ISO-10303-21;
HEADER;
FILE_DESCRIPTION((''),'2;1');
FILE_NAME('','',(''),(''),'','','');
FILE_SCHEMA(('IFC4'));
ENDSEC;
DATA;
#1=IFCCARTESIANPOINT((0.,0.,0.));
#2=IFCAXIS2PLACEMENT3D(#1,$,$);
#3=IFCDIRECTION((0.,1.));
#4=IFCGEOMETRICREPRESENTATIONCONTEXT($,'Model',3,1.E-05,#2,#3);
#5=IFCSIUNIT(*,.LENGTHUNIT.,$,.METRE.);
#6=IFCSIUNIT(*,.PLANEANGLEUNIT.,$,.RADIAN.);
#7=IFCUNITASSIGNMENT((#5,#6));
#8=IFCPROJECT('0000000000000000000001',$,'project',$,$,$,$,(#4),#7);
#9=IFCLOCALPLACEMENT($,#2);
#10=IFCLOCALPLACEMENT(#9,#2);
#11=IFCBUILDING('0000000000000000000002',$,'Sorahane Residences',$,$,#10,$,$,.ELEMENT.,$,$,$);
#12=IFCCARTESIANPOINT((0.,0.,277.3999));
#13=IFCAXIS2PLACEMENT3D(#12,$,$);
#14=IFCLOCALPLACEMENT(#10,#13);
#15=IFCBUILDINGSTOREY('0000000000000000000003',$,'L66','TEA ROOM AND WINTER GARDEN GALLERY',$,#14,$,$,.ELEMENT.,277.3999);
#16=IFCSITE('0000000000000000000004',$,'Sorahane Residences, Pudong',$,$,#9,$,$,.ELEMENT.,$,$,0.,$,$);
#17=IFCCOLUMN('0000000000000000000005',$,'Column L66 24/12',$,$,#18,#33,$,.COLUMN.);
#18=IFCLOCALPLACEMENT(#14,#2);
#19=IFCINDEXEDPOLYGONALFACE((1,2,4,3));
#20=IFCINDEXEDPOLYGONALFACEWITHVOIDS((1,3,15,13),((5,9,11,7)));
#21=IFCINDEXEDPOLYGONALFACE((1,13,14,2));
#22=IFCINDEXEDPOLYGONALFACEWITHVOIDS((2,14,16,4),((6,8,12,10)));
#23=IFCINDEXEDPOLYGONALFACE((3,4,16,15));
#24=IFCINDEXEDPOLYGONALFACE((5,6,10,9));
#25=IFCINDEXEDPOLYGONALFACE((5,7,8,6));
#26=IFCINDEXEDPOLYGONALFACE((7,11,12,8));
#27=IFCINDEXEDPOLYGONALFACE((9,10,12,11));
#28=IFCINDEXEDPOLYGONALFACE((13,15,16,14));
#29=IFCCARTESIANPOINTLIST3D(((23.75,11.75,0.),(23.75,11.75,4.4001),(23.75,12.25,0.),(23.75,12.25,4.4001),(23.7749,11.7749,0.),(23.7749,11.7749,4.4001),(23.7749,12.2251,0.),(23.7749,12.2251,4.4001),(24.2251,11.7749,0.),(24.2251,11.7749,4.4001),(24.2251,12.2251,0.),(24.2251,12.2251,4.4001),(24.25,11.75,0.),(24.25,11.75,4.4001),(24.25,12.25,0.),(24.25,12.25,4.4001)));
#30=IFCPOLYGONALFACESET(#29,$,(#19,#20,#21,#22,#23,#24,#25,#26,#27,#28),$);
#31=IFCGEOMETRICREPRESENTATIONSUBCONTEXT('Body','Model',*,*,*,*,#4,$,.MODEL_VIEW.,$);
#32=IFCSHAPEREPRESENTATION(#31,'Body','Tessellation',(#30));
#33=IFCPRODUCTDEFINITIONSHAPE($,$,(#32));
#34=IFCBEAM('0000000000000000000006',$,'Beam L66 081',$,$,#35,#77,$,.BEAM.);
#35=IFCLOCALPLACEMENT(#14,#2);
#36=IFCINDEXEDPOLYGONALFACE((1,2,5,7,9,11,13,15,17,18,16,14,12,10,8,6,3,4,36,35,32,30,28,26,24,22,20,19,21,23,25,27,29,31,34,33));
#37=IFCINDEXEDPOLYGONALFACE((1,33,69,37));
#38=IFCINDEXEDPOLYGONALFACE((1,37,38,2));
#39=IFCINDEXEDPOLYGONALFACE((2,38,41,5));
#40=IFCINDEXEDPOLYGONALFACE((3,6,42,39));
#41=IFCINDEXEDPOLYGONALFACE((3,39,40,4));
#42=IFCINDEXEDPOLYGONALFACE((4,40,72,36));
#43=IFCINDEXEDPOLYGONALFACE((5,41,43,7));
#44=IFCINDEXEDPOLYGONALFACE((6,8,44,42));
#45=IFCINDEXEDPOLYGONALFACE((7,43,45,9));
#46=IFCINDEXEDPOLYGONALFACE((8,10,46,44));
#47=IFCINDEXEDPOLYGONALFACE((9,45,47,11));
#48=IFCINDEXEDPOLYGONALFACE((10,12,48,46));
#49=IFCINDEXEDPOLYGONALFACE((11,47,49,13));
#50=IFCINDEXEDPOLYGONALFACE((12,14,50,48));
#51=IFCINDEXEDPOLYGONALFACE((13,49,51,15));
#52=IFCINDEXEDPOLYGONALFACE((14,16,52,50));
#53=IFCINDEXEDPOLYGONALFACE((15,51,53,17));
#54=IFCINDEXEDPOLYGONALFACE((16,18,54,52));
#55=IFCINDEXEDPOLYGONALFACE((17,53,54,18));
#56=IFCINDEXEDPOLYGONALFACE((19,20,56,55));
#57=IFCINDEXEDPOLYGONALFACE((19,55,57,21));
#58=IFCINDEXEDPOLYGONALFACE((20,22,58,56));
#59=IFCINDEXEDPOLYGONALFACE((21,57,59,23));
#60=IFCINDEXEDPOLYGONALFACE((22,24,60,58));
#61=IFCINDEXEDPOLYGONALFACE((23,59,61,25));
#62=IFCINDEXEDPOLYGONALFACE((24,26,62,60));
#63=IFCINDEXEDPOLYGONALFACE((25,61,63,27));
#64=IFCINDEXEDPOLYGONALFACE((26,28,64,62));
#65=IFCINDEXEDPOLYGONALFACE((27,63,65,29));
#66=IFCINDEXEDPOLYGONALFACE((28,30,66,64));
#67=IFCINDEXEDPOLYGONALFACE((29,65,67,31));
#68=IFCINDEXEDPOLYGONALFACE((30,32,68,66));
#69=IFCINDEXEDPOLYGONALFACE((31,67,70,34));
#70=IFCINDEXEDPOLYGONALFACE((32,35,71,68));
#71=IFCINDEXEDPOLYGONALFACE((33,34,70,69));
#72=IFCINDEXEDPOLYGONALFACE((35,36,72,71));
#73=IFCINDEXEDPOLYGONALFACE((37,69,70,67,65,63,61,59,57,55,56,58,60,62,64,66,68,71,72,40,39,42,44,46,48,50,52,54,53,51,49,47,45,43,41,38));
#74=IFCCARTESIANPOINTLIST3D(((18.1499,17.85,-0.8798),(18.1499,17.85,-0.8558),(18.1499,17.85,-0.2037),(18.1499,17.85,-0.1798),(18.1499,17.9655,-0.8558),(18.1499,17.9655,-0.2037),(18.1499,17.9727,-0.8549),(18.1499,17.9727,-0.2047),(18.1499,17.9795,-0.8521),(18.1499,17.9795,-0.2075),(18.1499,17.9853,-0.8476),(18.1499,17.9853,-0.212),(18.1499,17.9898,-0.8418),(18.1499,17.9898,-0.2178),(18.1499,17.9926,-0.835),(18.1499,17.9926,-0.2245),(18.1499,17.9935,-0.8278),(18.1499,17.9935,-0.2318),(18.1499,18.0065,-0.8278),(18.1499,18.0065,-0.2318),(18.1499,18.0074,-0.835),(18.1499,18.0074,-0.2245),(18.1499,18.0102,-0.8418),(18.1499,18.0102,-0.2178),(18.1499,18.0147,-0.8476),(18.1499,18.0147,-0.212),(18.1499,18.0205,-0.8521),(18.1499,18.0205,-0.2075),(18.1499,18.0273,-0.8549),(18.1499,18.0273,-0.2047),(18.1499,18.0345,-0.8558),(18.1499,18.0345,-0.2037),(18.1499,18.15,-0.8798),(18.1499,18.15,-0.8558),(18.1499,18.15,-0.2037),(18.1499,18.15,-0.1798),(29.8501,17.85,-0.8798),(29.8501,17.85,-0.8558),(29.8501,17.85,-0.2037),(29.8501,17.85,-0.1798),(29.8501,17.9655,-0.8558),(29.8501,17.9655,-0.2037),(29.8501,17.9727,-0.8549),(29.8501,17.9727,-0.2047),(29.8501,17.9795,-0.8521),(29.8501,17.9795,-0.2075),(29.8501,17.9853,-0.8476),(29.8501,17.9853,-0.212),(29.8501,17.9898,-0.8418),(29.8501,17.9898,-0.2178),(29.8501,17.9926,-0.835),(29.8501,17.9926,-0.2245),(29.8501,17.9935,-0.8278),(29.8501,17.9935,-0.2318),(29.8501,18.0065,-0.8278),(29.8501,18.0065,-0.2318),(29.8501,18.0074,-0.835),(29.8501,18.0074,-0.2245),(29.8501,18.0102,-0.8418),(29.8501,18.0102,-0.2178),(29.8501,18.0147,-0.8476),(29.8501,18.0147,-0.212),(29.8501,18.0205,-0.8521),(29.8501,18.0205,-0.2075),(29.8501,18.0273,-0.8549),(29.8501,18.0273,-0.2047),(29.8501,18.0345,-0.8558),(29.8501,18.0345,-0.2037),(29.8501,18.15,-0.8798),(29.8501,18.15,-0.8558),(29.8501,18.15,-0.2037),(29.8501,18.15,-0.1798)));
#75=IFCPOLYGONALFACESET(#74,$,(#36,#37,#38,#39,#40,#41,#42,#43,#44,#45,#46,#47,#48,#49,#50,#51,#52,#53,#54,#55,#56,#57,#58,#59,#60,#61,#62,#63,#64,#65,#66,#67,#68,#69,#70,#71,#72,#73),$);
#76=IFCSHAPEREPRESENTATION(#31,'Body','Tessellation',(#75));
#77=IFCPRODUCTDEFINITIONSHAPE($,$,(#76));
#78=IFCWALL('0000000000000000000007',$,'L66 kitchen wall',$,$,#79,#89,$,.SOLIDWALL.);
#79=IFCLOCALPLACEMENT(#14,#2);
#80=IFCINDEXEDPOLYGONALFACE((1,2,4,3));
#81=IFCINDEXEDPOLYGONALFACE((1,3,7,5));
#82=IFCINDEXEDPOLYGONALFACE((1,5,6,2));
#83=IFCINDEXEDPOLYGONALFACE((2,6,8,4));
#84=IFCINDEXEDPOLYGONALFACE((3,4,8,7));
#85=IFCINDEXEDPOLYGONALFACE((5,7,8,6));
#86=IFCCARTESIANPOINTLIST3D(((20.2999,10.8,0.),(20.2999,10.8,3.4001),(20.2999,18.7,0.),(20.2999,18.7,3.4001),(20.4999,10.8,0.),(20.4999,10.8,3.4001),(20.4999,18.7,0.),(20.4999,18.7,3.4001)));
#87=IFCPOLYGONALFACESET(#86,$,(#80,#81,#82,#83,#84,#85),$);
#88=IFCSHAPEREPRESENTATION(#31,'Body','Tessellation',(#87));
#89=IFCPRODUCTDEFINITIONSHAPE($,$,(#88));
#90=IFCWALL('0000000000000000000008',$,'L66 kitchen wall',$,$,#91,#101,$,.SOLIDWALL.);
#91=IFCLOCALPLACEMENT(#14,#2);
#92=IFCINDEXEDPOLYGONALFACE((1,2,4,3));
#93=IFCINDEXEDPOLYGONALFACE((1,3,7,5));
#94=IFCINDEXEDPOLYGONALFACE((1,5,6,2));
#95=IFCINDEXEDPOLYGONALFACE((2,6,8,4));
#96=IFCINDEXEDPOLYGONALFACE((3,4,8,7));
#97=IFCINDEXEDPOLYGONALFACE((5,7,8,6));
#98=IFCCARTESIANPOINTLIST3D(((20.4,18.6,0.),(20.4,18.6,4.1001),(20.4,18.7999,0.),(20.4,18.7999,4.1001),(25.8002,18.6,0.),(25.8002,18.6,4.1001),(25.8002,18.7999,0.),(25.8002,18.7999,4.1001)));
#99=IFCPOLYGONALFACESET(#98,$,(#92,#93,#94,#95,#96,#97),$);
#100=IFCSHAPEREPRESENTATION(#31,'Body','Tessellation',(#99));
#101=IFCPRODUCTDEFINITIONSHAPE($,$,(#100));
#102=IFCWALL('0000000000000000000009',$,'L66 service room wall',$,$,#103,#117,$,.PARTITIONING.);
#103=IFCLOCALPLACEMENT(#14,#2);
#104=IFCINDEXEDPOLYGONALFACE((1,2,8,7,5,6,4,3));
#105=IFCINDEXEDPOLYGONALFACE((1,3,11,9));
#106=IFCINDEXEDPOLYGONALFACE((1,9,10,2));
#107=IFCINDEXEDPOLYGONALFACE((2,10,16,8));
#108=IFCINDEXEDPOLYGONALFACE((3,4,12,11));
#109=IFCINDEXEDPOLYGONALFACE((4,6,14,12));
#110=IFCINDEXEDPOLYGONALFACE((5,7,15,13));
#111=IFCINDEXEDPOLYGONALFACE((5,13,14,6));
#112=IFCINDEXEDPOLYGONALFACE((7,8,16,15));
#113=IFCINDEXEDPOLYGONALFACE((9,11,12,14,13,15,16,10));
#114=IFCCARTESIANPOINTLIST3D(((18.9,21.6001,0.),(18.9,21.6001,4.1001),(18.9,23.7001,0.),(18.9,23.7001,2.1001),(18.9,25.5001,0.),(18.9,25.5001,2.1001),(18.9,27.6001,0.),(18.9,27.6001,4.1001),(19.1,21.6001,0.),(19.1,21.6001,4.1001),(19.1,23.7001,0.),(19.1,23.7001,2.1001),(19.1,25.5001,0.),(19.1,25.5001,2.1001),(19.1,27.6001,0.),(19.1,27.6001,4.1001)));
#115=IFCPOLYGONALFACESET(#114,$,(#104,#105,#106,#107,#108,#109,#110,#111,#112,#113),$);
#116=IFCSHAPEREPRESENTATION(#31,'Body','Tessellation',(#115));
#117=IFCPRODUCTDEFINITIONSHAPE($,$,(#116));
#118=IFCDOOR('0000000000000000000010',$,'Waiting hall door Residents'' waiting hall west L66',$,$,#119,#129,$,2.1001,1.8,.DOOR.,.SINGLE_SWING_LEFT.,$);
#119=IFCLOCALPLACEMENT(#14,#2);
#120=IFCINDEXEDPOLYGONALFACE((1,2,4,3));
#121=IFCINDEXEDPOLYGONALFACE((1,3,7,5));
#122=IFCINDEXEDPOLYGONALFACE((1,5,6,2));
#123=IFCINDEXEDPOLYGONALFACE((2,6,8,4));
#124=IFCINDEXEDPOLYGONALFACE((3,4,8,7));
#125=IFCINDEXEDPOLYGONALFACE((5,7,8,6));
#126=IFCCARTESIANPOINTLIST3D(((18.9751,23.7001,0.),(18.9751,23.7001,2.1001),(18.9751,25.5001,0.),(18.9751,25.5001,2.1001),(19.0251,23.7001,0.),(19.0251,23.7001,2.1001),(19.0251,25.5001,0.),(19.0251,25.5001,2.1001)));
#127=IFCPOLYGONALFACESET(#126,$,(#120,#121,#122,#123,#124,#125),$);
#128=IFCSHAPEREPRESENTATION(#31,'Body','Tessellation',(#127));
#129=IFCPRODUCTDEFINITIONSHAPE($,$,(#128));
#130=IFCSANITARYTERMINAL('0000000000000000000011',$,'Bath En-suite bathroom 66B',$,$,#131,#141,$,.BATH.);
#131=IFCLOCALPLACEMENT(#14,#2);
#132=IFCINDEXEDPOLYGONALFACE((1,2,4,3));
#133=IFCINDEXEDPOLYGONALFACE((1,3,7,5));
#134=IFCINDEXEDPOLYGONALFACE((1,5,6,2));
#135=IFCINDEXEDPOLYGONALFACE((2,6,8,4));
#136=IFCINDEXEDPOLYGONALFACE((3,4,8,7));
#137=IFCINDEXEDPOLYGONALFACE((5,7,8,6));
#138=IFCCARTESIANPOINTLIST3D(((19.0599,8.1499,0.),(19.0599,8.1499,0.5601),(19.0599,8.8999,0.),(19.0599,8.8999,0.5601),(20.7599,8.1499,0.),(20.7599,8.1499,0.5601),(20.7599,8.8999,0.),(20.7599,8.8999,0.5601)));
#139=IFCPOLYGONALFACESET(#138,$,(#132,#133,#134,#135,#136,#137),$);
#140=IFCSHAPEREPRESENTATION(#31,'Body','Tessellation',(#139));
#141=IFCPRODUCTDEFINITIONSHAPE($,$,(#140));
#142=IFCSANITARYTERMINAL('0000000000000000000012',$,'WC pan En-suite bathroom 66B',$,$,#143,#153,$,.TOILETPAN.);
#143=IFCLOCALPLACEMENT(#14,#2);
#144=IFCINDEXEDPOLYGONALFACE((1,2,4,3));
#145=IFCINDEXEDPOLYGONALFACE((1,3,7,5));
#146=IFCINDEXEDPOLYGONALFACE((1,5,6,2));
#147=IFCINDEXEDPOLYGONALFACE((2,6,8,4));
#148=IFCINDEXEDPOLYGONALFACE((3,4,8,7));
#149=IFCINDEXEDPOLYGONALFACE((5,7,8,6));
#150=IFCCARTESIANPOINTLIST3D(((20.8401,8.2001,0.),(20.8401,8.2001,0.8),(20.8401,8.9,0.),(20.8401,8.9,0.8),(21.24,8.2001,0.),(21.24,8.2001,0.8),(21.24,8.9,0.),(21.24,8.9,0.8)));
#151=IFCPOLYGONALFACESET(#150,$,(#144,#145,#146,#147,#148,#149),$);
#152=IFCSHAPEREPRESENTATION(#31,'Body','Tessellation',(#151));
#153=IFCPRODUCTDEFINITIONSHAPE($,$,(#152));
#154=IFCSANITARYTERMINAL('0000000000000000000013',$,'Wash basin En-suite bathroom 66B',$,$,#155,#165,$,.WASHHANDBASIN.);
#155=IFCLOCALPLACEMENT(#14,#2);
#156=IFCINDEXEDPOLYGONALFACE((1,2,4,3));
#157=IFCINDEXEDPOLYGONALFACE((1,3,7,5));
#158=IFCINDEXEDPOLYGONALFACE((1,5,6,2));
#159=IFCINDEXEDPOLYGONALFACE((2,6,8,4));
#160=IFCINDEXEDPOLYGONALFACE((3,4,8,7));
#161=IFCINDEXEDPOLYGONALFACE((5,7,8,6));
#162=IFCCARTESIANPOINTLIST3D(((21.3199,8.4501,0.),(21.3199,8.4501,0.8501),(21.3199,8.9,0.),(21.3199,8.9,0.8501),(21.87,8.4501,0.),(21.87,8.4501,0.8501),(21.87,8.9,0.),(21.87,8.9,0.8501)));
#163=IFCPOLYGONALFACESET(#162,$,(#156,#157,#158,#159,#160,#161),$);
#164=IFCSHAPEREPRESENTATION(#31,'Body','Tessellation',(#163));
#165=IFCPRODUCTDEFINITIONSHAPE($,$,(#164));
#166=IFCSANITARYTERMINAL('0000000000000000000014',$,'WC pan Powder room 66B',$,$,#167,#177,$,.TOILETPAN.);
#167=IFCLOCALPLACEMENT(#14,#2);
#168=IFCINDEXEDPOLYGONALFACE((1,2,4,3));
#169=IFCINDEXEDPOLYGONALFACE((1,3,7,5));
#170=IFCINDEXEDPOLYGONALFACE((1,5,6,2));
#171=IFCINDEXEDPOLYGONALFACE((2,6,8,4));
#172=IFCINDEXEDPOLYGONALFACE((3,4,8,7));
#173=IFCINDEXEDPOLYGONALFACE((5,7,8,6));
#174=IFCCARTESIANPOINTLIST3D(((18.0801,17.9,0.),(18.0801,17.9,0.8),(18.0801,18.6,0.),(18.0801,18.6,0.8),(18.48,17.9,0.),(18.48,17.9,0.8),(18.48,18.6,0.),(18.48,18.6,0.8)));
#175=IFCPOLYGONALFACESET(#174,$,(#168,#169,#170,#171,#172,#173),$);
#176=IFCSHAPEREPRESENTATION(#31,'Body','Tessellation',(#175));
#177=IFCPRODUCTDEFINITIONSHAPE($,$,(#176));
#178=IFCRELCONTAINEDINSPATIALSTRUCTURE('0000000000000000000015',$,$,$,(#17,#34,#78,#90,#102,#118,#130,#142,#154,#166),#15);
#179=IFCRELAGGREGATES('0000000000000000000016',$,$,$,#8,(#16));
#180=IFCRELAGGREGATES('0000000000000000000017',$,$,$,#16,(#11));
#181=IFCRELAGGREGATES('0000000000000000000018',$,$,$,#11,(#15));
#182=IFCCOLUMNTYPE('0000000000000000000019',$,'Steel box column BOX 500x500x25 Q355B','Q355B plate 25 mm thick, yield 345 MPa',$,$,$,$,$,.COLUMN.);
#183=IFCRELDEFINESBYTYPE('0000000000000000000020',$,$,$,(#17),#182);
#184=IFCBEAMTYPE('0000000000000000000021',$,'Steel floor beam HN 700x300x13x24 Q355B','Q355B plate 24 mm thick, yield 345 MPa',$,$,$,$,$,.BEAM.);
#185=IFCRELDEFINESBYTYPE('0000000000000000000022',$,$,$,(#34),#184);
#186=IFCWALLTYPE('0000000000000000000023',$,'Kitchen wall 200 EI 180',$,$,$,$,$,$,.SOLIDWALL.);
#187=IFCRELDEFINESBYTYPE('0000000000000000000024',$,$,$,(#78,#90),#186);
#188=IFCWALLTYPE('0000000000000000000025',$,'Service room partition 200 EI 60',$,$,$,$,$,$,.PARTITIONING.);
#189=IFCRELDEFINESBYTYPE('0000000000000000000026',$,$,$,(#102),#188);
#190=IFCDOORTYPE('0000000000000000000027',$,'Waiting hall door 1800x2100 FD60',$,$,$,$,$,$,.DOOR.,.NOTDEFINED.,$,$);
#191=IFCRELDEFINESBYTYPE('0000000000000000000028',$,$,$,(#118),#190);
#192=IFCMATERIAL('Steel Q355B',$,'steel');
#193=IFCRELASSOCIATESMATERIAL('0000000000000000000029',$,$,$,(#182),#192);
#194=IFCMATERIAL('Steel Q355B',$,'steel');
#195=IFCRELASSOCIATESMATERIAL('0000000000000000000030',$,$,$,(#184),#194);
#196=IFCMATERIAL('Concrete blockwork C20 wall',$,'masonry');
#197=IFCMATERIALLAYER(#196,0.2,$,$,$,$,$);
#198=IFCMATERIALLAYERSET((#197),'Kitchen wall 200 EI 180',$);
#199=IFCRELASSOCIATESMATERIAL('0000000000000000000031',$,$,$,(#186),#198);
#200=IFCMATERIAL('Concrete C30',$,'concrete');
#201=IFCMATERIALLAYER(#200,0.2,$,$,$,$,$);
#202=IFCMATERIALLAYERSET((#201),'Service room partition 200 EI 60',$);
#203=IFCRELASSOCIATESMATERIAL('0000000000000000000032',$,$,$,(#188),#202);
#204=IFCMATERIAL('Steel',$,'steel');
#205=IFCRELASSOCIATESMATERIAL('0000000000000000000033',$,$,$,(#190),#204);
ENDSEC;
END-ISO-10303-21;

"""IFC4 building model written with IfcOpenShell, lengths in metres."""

from ifc_helpers import new_model, si_unit, direction, frame, frame_2d, origin, origin_2d, place, context, subcontext, project, spatial, rectangle, hollow_rectangle, i_section, extrude, material, layer, layer_set, material_profile, profile_set, type_object, element, fill, save


model = new_model("IFC4")

# Units and contexts
model_context = context("Model", 3, precision=1e-05, world=origin(), true_north=direction((0.0, 1.0)))
body_context = subcontext(model_context, "Body", "Model", "MODEL_VIEW")
ifc_project = project(units=[si_unit("LENGTHUNIT", "METRE"), si_unit("PLANEANGLEUNIT", "RADIAN")], contexts=[model_context])

# Site, building, storey
site_placement = place(None, origin())
site = spatial("IfcSite", under=ifc_project, at=site_placement, Name="Sorahane Residences, Pudong", CompositionType="ELEMENT", RefElevation=0.0)
building_placement = place(site_placement, origin())
building = spatial("IfcBuilding", under=site, at=building_placement, Name="Sorahane Residences", CompositionType="ELEMENT")
storey_placement = place(building_placement, frame((0.0, 0.0, 277.3999)))
storey = spatial("IfcBuildingStorey", under=building, at=storey_placement, Name="L66", Description="TEA ROOM AND WINTER GARDEN GALLERY", CompositionType="ELEMENT", Elevation=277.3999)

# Column
ifc_material_1 = material(Name="Steel Q355B", Category="steel")
ifc_material_profile_1 = material_profile(ifc_material_1, hollow_rectangle(XDim=0.5, YDim=0.5, WallThickness=0.0249, at=origin_2d()), Name="BOX 500x500x25")
ifc_profile_set_1 = profile_set([ifc_material_profile_1], Name="Steel Q355B")
column_type = type_object("IfcColumnType", Name="Steel box column BOX 500x500x25 Q355B", Description="Q355B plate 25 mm thick, yield 345 MPa", PredefinedType="COLUMN", material=ifc_profile_set_1)
column_placement = place(storey_placement, frame((24.0, 12.0, 0.0), z_axis=(0.0, 0.0, 1.0), x_axis=(1.0, 0.0, 0.0)))
element("IfcColumn", 1, at=column_placement, inside=storey, type_object=column_type, Name="Column L66 24/12", PredefinedType="COLUMN", context=body_context, shape_type="SweptSolid", body=[
    extrude(hollow_rectangle(XDim=0.5, YDim=0.5, WallThickness=0.0249, at=origin_2d()), origin(), (0.0, 0.0, 1.0), 4.4001),
])

# Beam
ifc_material_2 = material(Name="Steel Q355B", Category="steel")
ifc_material_profile_2 = material_profile(ifc_material_2, i_section(OverallWidth=0.3, OverallDepth=0.7, WebThickness=0.0129, FlangeThickness=0.0239, FilletRadius=0.0281, at=origin_2d()), Name="HN 700x300x13x24")
ifc_profile_set_2 = profile_set([ifc_material_profile_2], Name="Steel Q355B")
beam_type = type_object("IfcBeamType", Name="Steel floor beam HN 700x300x13x24 Q355B", Description="Q355B plate 24 mm thick, yield 345 MPa", PredefinedType="BEAM", material=ifc_profile_set_2)
beam_placement = place(storey_placement, frame((18.1499, 18.0, -0.5298), z_axis=(1.0, 0.0, 0.0), x_axis=(0.0, 1.0, 0.0)))
element("IfcBeam", 2, at=beam_placement, inside=storey, type_object=beam_type, Name="Beam L66 081", PredefinedType="BEAM", context=body_context, shape_type="SweptSolid", body=[
    extrude(i_section(OverallWidth=0.3, OverallDepth=0.7, WebThickness=0.0129, FlangeThickness=0.0239, FilletRadius=0.0281, at=origin_2d()), origin(), (0.0, 0.0, 1.0), 11.7002),
])

# Wall
ifc_material_3 = material(Name="Concrete blockwork C20 wall", Category="masonry")
ifc_layer_1 = layer(ifc_material_3, 0.2)
ifc_layer_set_1 = layer_set([ifc_layer_1], Name="Kitchen wall 200 EI 180")
wall_type_1 = type_object("IfcWallType", Name="Kitchen wall 200 EI 180", PredefinedType="SOLIDWALL", material=ifc_layer_set_1)
wall_1_placement = place(storey_placement, frame((20.3999, 10.8, 0.0), z_axis=(0.0, 0.0, 1.0), x_axis=(0.0, 1.0, 0.0)))
element("IfcWall", 3, at=wall_1_placement, inside=storey, type_object=wall_type_1, Name="L66 kitchen wall", PredefinedType="SOLIDWALL", context=body_context, shape_type="SweptSolid", body=[
    extrude(rectangle(XDim=7.8999, YDim=0.2, at=frame_2d((3.95, 0.0))), origin(), (0.0, 0.0, 1.0), 3.4001),
])

# Wall
wall_2_placement = place(storey_placement, frame((20.3999, 18.7, 0.0), z_axis=(0.0, 0.0, 1.0), x_axis=(1.0, 0.0, 0.0)))
element("IfcWall", 4, at=wall_2_placement, inside=storey, type_object=wall_type_1, Name="L66 kitchen wall", PredefinedType="SOLIDWALL", context=body_context, shape_type="SweptSolid", body=[
    extrude(rectangle(XDim=5.4001, YDim=0.2, at=frame_2d((2.7002, 0.0))), origin(), (0.0, 0.0, 1.0), 4.1001),
])

# Wall, opening, door
ifc_material_4 = material(Name="Concrete C30", Category="concrete")
ifc_layer_2 = layer(ifc_material_4, 0.2)
ifc_layer_set_2 = layer_set([ifc_layer_2], Name="Service room partition 200 EI 60")
wall_type_2 = type_object("IfcWallType", Name="Service room partition 200 EI 60", PredefinedType="PARTITIONING", material=ifc_layer_set_2)
wall_3_placement = place(storey_placement, frame((19.0, 21.6001, 0.0), z_axis=(0.0, 0.0, 1.0), x_axis=(0.0, 1.0, 0.0)))
wall_3 = element("IfcWall", 5, at=wall_3_placement, inside=storey, type_object=wall_type_2, Name="L66 service room wall", PredefinedType="PARTITIONING", context=body_context, shape_type="SweptSolid", body=[
    extrude(rectangle(XDim=6.0, YDim=0.2, at=frame_2d((3.0, 0.0))), origin(), (0.0, 0.0, 1.0), 4.1001),
])
opening_1_placement = place(wall_3_placement, frame((2.1001, 0.0, 0.0)))
opening_1 = element("IfcOpeningElement", 6, at=opening_1_placement, cuts=wall_3, PredefinedType="OPENING", context=body_context, shape_type="SweptSolid", body=[
    extrude(rectangle(XDim=1.8, YDim=2.1001, at=frame_2d((0.8999, 1.05))), frame((0.0, 0.1099, 0.0), z_axis=(0.0, -1.0, 0.0), x_axis=(1.0, 0.0, 0.0)), (0.0, 0.0, 1.0), 0.22),
])
ifc_material_5 = material(Name="Steel", Category="steel")
door_type_1 = type_object("IfcDoorType", Name="Waiting hall door 1800x2100 FD60", OperationType="NOTDEFINED", PredefinedType="DOOR", material=ifc_material_5)
door_1_placement = place(opening_1_placement, origin())
door_1 = element("IfcDoor", 7, at=door_1_placement, inside=storey, type_object=door_type_1, Name="Waiting hall door Residents' waiting hall west L66", OperationType="SINGLE_SWING_LEFT", OverallHeight=2.1001, OverallWidth=1.8, PredefinedType="DOOR", context=body_context, shape_type="SweptSolid", body=[
    extrude(rectangle(XDim=1.8, YDim=2.1001, at=frame_2d((0.8999, 1.05))), frame((0.0, 0.0249, 0.0), z_axis=(0.0, -1.0, 0.0), x_axis=(1.0, 0.0, 0.0)), (0.0, 0.0, 1.0), 0.05),
])
fill(opening_1, door_1)

# Sanitary terminals
sanitary_terminal_1_placement = place(storey_placement, frame((19.9099, 8.5249, 0.0), z_axis=(0.0, 0.0, 1.0), x_axis=(1.0, 0.0, 0.0)))
element("IfcSanitaryTerminal", 8, at=sanitary_terminal_1_placement, inside=storey, Name="Bath En-suite bathroom 66B", PredefinedType="BATH", context=body_context, shape_type="SweptSolid", body=[
    extrude(rectangle(XDim=1.7, YDim=0.75, at=origin_2d()), origin(), (0.0, 0.0, 1.0), 0.5601),
])
sanitary_terminal_2_placement = place(storey_placement, frame((21.04, 8.55, 0.0), z_axis=(0.0, 0.0, 1.0), x_axis=(1.0, 0.0, 0.0)))
element("IfcSanitaryTerminal", 9, at=sanitary_terminal_2_placement, inside=storey, Name="WC pan En-suite bathroom 66B", PredefinedType="TOILETPAN", context=body_context, shape_type="SweptSolid", body=[
    extrude(rectangle(XDim=0.3999, YDim=0.7, at=origin_2d()), origin(), (0.0, 0.0, 1.0), 0.8),
])
sanitary_terminal_3_placement = place(storey_placement, frame((21.595, 8.675, 0.0), z_axis=(0.0, 0.0, 1.0), x_axis=(1.0, 0.0, 0.0)))
element("IfcSanitaryTerminal", 10, at=sanitary_terminal_3_placement, inside=storey, Name="Wash basin En-suite bathroom 66B", PredefinedType="WASHHANDBASIN", context=body_context, shape_type="SweptSolid", body=[
    extrude(rectangle(XDim=0.55, YDim=0.45, at=origin_2d()), origin(), (0.0, 0.0, 1.0), 0.8501),
])
sanitary_terminal_4_placement = place(storey_placement, frame((18.28, 18.25, 0.0), z_axis=(0.0, 0.0, 1.0), x_axis=(1.0, 0.0, 0.0)))
element("IfcSanitaryTerminal", 11, at=sanitary_terminal_4_placement, inside=storey, Name="WC pan Powder room 66B", PredefinedType="TOILETPAN", context=body_context, shape_type="SweptSolid", body=[
    extrude(rectangle(XDim=0.3999, YDim=0.7, at=origin_2d()), origin(), (0.0, 0.0, 1.0), 0.8),
])

save(model, "model.ifc")
